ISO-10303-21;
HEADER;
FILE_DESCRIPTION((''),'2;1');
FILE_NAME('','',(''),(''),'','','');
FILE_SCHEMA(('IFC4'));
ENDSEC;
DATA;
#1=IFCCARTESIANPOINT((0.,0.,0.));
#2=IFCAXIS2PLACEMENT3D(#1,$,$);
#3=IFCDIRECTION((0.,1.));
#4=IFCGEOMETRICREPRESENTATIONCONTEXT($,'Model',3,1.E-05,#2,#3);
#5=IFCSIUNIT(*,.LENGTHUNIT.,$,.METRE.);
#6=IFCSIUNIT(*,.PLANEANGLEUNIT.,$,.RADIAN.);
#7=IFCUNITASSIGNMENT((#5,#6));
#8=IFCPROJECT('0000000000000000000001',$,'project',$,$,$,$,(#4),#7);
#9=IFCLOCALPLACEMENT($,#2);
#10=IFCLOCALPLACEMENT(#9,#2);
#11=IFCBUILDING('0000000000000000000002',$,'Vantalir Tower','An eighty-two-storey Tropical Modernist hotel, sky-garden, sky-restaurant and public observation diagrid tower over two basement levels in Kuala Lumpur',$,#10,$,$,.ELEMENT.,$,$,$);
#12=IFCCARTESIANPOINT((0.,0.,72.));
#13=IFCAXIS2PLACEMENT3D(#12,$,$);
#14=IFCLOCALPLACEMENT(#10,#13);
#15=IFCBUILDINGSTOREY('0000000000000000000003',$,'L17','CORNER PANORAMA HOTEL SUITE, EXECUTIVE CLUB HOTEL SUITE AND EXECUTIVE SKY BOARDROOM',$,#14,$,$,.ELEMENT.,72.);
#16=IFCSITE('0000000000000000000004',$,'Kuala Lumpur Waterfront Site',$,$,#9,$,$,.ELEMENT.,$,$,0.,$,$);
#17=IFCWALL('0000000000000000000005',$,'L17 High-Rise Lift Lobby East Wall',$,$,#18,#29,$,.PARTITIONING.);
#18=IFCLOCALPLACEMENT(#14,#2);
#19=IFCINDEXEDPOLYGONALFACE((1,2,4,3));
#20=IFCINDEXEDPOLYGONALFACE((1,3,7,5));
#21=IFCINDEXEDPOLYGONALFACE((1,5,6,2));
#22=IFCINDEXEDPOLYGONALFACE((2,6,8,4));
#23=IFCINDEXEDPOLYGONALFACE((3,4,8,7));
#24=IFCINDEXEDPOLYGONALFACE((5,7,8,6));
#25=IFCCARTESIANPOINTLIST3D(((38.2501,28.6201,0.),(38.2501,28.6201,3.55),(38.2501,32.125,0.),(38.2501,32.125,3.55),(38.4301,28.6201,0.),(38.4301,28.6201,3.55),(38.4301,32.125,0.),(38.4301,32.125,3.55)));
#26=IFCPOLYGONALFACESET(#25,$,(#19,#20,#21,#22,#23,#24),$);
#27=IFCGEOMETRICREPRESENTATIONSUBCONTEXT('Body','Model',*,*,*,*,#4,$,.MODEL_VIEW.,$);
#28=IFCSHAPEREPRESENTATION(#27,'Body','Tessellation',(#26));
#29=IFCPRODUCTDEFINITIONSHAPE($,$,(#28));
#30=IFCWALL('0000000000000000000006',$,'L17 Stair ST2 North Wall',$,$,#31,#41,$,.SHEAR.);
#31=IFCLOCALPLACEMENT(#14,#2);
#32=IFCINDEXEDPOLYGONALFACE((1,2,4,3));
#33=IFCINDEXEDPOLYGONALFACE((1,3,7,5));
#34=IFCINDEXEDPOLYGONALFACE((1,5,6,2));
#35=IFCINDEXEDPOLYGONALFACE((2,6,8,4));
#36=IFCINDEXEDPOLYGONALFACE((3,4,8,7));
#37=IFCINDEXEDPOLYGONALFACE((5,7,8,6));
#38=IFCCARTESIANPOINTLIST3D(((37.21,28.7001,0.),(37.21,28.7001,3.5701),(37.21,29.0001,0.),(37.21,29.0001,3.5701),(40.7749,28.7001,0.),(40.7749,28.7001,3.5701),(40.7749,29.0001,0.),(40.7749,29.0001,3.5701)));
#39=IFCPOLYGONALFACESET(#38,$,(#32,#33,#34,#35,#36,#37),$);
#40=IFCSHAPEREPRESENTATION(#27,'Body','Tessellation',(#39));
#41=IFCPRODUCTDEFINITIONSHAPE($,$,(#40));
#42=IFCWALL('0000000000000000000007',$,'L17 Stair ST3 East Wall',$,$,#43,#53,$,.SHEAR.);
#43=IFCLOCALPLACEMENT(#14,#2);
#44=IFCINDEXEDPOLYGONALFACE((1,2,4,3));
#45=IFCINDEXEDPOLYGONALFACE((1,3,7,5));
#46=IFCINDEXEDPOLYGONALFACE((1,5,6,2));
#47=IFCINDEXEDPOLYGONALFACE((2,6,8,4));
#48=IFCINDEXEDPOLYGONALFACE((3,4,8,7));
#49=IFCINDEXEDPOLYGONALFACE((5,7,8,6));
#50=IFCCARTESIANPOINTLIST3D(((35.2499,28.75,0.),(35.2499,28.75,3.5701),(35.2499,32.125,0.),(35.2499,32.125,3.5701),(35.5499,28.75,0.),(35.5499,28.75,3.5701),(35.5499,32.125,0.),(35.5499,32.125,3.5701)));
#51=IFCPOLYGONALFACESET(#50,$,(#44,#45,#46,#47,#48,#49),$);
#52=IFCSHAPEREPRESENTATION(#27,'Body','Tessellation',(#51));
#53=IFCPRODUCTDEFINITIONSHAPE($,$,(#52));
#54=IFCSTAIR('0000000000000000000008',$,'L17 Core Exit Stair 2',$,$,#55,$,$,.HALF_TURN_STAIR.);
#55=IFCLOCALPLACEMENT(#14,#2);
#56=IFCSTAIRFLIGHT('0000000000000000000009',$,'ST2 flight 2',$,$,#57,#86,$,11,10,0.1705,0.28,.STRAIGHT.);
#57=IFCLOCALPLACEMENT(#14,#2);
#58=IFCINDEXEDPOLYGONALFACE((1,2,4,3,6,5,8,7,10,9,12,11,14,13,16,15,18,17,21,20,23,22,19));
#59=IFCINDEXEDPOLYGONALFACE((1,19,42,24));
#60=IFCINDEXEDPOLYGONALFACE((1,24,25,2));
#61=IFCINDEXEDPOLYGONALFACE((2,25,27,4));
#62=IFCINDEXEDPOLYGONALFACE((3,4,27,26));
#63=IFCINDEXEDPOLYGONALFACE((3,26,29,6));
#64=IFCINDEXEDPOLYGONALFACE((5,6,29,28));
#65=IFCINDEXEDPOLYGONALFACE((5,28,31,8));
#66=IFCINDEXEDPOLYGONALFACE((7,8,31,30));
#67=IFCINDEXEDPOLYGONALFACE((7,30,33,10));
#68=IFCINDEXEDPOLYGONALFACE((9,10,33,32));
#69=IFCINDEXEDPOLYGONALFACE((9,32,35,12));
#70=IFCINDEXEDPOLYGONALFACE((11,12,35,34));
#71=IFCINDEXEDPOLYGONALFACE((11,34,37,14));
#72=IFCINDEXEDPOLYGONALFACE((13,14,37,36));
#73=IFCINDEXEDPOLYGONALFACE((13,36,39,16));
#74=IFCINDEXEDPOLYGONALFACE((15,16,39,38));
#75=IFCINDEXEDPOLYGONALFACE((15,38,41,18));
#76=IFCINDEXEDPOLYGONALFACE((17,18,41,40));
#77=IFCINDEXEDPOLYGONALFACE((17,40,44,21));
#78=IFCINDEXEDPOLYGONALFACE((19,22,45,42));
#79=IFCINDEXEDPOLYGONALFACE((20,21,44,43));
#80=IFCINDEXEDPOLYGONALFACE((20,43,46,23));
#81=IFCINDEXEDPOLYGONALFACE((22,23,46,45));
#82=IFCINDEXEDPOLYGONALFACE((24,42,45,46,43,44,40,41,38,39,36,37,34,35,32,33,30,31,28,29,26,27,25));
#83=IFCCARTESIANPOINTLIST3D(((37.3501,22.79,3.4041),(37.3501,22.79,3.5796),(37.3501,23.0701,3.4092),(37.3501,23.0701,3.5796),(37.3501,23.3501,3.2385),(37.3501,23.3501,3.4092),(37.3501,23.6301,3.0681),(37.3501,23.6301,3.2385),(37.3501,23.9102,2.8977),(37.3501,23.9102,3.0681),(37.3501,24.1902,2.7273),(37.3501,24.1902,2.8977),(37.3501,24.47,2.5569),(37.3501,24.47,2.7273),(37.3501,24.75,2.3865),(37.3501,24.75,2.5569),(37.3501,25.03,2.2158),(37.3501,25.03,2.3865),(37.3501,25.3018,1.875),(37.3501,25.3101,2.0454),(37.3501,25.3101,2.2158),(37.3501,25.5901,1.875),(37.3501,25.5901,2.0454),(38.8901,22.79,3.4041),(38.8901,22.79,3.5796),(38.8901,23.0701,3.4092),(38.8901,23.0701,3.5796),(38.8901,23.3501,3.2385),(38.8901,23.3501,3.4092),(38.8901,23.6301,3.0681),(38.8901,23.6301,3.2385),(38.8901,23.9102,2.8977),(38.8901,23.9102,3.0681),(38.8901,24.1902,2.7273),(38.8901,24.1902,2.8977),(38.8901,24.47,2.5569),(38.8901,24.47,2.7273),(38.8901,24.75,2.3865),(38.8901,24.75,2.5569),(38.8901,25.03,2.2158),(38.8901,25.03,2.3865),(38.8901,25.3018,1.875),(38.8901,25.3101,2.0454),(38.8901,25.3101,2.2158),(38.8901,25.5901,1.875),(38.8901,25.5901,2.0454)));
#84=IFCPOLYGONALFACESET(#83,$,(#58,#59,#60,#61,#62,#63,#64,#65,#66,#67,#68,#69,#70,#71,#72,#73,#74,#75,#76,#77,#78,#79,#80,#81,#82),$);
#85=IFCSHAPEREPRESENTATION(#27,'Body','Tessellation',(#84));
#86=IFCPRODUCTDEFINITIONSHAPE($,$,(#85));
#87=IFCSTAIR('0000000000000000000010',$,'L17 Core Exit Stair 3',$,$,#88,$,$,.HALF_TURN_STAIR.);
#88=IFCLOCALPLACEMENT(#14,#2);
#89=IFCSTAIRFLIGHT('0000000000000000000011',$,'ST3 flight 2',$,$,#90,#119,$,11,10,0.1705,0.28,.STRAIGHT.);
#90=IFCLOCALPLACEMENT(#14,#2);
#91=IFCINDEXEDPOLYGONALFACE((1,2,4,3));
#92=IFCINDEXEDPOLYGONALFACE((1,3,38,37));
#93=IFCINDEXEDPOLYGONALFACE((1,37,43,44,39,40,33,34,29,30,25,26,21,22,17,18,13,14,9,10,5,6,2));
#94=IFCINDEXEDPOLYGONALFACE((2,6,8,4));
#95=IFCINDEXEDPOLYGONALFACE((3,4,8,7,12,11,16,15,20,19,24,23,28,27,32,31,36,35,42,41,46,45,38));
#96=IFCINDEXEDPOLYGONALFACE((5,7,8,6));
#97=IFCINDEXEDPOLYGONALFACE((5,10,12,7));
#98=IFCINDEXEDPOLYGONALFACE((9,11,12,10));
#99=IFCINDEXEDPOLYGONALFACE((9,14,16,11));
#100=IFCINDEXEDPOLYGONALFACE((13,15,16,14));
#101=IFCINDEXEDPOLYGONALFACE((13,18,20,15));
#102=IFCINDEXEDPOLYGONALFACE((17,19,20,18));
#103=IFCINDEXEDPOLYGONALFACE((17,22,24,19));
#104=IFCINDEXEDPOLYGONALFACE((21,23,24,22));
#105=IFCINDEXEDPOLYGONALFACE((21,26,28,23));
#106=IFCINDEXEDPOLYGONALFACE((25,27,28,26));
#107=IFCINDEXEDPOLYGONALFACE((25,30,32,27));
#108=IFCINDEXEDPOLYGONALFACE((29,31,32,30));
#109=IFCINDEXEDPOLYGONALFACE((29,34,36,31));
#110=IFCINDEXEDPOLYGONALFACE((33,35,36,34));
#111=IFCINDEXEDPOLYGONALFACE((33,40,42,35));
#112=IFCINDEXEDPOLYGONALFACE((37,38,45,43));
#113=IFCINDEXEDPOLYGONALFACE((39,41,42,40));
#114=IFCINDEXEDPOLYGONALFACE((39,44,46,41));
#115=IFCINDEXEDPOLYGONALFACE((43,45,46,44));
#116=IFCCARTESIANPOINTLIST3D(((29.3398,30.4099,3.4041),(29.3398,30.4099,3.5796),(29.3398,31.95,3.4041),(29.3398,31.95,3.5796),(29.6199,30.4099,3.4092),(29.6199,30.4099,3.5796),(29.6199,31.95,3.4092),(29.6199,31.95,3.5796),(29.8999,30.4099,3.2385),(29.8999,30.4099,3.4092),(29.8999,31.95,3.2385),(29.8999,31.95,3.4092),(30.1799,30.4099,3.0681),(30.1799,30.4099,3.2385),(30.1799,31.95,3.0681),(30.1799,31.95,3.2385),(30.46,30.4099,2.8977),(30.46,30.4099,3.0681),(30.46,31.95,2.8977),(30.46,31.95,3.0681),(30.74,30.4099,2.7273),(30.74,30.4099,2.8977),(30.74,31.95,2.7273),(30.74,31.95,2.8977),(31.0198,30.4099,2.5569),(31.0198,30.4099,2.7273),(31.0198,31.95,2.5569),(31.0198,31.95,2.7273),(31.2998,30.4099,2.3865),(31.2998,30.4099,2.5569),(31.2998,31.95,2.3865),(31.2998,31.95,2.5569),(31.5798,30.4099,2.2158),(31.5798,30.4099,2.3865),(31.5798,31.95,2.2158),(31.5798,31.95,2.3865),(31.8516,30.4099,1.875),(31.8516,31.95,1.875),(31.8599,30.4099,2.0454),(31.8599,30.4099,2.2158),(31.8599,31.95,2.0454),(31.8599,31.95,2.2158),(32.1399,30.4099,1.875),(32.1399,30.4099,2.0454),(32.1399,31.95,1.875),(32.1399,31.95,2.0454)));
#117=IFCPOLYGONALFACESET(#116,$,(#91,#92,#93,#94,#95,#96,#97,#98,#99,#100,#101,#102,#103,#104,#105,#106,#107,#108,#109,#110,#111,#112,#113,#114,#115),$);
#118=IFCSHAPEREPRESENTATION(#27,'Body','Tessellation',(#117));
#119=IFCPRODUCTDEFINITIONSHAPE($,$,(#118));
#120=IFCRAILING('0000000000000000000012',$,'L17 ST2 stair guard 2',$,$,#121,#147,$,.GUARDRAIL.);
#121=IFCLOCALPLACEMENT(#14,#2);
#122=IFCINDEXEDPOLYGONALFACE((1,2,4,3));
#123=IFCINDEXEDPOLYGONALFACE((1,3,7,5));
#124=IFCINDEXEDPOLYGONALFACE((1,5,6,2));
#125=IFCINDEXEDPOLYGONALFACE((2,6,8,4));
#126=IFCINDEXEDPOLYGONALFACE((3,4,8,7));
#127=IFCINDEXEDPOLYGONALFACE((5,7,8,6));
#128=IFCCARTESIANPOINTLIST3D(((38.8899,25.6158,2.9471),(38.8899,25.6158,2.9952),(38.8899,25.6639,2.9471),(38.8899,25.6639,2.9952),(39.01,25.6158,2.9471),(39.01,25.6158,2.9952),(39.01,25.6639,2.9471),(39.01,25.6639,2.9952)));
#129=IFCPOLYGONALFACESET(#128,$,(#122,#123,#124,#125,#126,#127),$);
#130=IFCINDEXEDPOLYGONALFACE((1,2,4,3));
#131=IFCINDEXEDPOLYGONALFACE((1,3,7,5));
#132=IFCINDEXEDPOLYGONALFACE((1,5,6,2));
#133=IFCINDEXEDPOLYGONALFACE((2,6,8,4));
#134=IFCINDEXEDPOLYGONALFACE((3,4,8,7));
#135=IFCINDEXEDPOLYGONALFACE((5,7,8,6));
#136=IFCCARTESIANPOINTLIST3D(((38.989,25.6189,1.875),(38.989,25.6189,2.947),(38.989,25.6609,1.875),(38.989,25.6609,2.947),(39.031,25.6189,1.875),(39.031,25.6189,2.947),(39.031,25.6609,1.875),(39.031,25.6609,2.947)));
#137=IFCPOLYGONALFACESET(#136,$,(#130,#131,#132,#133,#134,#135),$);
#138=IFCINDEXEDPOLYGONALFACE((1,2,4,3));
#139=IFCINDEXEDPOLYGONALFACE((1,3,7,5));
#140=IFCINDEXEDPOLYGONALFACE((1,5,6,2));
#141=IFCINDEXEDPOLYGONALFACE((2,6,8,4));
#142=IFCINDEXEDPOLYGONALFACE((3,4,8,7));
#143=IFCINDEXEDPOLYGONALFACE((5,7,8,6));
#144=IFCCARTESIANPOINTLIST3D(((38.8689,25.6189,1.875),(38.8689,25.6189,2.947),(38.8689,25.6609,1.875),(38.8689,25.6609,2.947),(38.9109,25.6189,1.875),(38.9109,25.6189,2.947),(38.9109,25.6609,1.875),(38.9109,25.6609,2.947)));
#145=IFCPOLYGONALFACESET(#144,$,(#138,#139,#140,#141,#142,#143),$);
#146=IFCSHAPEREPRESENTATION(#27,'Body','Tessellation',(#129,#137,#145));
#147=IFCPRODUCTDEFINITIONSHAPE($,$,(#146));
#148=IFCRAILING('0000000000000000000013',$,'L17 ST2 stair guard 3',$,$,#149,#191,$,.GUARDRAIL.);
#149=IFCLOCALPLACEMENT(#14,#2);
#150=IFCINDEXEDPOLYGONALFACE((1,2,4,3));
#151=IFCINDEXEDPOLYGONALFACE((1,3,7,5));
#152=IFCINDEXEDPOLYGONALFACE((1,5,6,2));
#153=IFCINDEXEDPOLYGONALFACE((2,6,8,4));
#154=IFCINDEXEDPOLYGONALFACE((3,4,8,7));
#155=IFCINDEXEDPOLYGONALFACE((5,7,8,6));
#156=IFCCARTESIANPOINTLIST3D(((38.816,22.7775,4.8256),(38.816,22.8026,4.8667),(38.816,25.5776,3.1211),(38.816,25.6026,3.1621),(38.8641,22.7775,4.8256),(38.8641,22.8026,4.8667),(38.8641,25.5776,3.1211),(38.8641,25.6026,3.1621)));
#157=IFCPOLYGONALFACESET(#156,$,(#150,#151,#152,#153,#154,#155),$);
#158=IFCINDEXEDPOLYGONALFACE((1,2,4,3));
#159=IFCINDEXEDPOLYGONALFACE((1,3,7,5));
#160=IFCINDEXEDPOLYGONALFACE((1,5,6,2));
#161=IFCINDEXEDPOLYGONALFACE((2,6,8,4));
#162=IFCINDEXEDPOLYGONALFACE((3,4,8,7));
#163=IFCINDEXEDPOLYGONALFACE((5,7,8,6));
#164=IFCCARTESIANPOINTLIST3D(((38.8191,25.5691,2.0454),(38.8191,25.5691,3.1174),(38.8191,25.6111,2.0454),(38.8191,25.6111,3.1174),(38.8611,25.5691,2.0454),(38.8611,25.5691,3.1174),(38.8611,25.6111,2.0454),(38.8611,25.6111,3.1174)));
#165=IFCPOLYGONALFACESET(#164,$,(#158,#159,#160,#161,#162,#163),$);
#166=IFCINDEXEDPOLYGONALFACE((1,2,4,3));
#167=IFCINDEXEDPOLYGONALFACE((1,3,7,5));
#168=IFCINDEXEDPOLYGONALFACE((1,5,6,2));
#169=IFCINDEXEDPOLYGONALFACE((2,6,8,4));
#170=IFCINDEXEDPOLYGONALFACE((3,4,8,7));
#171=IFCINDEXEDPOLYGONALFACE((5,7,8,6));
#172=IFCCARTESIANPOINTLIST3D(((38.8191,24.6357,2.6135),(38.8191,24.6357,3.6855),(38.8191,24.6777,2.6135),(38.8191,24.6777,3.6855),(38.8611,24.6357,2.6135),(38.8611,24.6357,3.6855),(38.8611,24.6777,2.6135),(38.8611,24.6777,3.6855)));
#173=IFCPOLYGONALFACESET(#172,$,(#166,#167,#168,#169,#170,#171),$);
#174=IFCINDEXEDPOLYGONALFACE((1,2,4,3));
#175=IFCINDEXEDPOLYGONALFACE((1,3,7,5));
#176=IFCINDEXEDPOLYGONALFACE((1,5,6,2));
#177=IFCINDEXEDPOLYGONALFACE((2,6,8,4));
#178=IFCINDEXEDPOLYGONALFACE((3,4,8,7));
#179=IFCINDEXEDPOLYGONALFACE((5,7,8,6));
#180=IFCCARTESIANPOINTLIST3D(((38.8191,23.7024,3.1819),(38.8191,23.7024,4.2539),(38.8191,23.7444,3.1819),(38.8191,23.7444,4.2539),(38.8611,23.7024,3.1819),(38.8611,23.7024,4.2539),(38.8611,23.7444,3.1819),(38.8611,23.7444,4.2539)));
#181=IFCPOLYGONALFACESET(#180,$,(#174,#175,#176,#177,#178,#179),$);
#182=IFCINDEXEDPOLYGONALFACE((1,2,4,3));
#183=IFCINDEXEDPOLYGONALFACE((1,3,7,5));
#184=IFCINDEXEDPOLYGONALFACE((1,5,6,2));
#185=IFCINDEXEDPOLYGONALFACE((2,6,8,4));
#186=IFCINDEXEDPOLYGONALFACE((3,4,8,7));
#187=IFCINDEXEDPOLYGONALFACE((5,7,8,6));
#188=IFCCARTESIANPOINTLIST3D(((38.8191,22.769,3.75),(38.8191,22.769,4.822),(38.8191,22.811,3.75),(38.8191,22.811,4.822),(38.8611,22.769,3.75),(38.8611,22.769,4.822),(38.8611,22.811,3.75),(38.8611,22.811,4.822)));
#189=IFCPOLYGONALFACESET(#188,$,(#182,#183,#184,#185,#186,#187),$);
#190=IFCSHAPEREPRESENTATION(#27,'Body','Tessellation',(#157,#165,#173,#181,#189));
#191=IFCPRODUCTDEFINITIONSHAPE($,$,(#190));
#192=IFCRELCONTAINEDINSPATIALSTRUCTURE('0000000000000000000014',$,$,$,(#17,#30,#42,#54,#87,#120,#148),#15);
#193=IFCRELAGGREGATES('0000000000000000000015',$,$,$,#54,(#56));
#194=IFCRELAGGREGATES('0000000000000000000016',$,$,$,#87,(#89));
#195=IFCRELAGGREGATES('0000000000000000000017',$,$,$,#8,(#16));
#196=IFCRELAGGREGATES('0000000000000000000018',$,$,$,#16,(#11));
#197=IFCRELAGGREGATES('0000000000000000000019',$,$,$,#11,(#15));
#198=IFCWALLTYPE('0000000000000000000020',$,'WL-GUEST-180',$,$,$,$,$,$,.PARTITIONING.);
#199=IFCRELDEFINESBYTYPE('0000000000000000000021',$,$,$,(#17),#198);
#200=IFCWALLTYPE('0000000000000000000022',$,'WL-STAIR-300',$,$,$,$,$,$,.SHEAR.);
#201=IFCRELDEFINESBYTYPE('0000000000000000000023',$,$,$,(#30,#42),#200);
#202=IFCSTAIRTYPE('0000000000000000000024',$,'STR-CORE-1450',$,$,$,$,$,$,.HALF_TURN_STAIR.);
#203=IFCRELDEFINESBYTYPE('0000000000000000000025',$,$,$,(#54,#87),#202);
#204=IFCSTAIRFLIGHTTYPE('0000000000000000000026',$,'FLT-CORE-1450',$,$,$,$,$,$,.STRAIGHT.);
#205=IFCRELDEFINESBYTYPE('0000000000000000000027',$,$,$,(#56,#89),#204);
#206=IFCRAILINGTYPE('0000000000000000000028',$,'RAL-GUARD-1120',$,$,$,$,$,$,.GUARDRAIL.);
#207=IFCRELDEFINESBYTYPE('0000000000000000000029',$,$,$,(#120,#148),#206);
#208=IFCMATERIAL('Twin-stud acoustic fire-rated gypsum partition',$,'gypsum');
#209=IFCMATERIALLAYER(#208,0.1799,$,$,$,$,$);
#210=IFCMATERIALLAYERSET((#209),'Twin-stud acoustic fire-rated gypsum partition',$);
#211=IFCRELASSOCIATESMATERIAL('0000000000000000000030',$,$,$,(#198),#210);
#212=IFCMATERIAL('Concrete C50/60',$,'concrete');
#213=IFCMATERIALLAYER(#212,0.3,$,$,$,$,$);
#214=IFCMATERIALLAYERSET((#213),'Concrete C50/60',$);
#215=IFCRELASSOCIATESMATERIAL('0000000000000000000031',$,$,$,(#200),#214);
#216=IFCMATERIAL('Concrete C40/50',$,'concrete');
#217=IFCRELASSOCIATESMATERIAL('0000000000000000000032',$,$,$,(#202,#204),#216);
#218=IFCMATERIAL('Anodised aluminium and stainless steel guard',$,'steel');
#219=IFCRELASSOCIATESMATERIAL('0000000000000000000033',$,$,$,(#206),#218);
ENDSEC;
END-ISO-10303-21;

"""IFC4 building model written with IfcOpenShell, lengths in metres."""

from ifc_helpers import new_model, si_unit, direction, frame, frame_2d, origin, origin_2d, place, context, subcontext, project, spatial, polyline, rectangle, outline, extrude, material, layer, layer_set, type_object, element, aggregate, save


model = new_model("IFC4")

# Units and contexts
model_context = context("Model", 3, precision=1e-05, world=origin(), true_north=direction((0.0, 1.0)))
body_context = subcontext(model_context, "Body", "Model", "MODEL_VIEW")
ifc_project = project(units=[si_unit("LENGTHUNIT", "METRE"), si_unit("PLANEANGLEUNIT", "RADIAN")], contexts=[model_context])

# Site, building, storey
site_placement = place(None, origin())
site = spatial("IfcSite", under=ifc_project, at=site_placement, Name="Kuala Lumpur Waterfront Site", CompositionType="ELEMENT", RefElevation=0.0)
building_placement = place(site_placement, origin())
building = spatial("IfcBuilding", under=site, at=building_placement, Name="Vantalir Tower", Description="An eighty-two-storey Tropical Modernist hotel, sky-garden, sky-restaurant and public observation diagrid tower over two basement levels in Kuala Lumpur", CompositionType="ELEMENT")
storey_placement = place(building_placement, frame((0.0, 0.0, 72.0)))
storey = spatial("IfcBuildingStorey", under=building, at=storey_placement, Name="L17", Description="CORNER PANORAMA HOTEL SUITE, EXECUTIVE CLUB HOTEL SUITE AND EXECUTIVE SKY BOARDROOM", CompositionType="ELEMENT", Elevation=72.0)

# Walls
ifc_material_1 = material(Name="Twin-stud acoustic fire-rated gypsum partition", Category="gypsum")
ifc_layer_1 = layer(ifc_material_1, 0.1799)
ifc_layer_set_1 = layer_set([ifc_layer_1], Name="Twin-stud acoustic fire-rated gypsum partition")
wall_type_1 = type_object("IfcWallType", Name="WL-GUEST-180", PredefinedType="PARTITIONING", material=ifc_layer_set_1)
wall_1_placement = place(storey_placement, frame((38.3401, 28.6201, 0.0), z_axis=(0.0, 0.0, 1.0), x_axis=(0.0, 1.0, 0.0)))
element("IfcWall", 1, at=wall_1_placement, inside=storey, type_object=wall_type_1, Name="L17 High-Rise Lift Lobby East Wall", PredefinedType="PARTITIONING", context=body_context, shape_type="SweptSolid", body=[
    extrude(rectangle(XDim=3.5049, YDim=0.1799, at=frame_2d((1.7524, 0.0))), origin(), (0.0, 0.0, 1.0), 3.55),
])
ifc_material_2 = material(Name="Concrete C50/60", Category="concrete")
ifc_layer_2 = layer(ifc_material_2, 0.3)
ifc_layer_set_2 = layer_set([ifc_layer_2], Name="Concrete C50/60")
wall_type_2 = type_object("IfcWallType", Name="WL-STAIR-300", PredefinedType="SHEAR", material=ifc_layer_set_2)
wall_2_placement = place(storey_placement, frame((37.21, 28.8501, 0.0), z_axis=(0.0, 0.0, 1.0), x_axis=(1.0, 0.0, 0.0)))
element("IfcWall", 2, at=wall_2_placement, inside=storey, type_object=wall_type_2, Name="L17 Stair ST2 North Wall", PredefinedType="SHEAR", context=body_context, shape_type="SweptSolid", body=[
    extrude(rectangle(XDim=3.5649, YDim=0.3, at=frame_2d((1.7825, 0.0))), origin(), (0.0, 0.0, 1.0), 3.5701),
])
wall_3_placement = place(storey_placement, frame((35.3999, 28.75, 0.0), z_axis=(0.0, 0.0, 1.0), x_axis=(0.0, 1.0, 0.0)))
element("IfcWall", 3, at=wall_3_placement, inside=storey, type_object=wall_type_2, Name="L17 Stair ST3 East Wall", PredefinedType="SHEAR", context=body_context, shape_type="SweptSolid", body=[
    extrude(rectangle(XDim=3.375, YDim=0.3, at=frame_2d((1.6875, 0.0))), origin(), (0.0, 0.0, 1.0), 3.5701),
])

# Stairs, stair flights
ifc_material_3 = material(Name="Concrete C40/50", Category="concrete")
stair_type = type_object("IfcStairType", Name="STR-CORE-1450", PredefinedType="HALF_TURN_STAIR", material=ifc_material_3)
stair_1_placement = place(storey_placement, origin())
stair_1 = element("IfcStair", 4, at=stair_1_placement, inside=storey, type_object=stair_type, Name="L17 Core Exit Stair 2", PredefinedType="HALF_TURN_STAIR")
stair_flight_type = type_object("IfcStairFlightType", Name="FLT-CORE-1450", PredefinedType="STRAIGHT", material=ifc_material_3)
stair_flight_1_placement = place(storey_placement, frame((38.1201, 25.5901, 1.875), z_axis=(0.0, 0.0, 1.0), x_axis=(0.0, -1.0, 0.0)))
stair_flight_1 = element("IfcStairFlight", 5, at=stair_flight_1_placement, type_object=stair_flight_type, Name="ST2 flight 2", NumberOfRisers=11, NumberOfTreads=10, PredefinedType="STRAIGHT", RiserHeight=0.1705, TreadLength=0.28, context=body_context, shape_type="SweptSolid", body=[
    extrude(outline(polyline([(0.0, 0.0), (0.0, 0.1704), (0.28, 0.1704), (0.28, 0.3408), (0.5601, 0.3408), (0.5601, 0.5115), (0.8401, 0.5115), (0.8401, 0.6819), (1.1201, 0.6819), (1.1201, 0.8523), (1.3999, 0.8523), (1.3999, 1.0227), (1.6799, 1.0227), (1.6799, 1.1931), (1.96, 1.1931), (1.96, 1.3635), (2.24, 1.3635), (2.24, 1.5342), (2.52, 1.5342), (2.52, 1.7046), (2.8, 1.7046), (2.8, 1.875), (2.8, 1.5291), (0.2883, 0.0), (0.0, 0.0)])), frame((0.0, 0.77, 0.0), z_axis=(0.0, -1.0, 0.0), x_axis=(1.0, 0.0, 0.0)), (0.0, 0.0, 1.0), 1.54),
])
aggregate(stair_1, [stair_flight_1])
stair_2_placement = place(storey_placement, origin())
stair_2 = element("IfcStair", 6, at=stair_2_placement, inside=storey, type_object=stair_type, Name="L17 Core Exit Stair 3", PredefinedType="HALF_TURN_STAIR")
stair_flight_2_placement = place(storey_placement, frame((32.1399, 31.1799, 1.875), z_axis=(0.0, 0.0, 1.0), x_axis=(-1.0, 0.0, 0.0)))
stair_flight_2 = element("IfcStairFlight", 7, at=stair_flight_2_placement, type_object=stair_flight_type, Name="ST3 flight 2", NumberOfRisers=11, NumberOfTreads=10, PredefinedType="STRAIGHT", RiserHeight=0.1705, TreadLength=0.28, context=body_context, shape_type="SweptSolid", body=[
    extrude(outline(polyline([(0.0, 0.0), (0.0, 0.1704), (0.28, 0.1704), (0.28, 0.3408), (0.5601, 0.3408), (0.5601, 0.5115), (0.8401, 0.5115), (0.8401, 0.6819), (1.1201, 0.6819), (1.1201, 0.8523), (1.3999, 0.8523), (1.3999, 1.0227), (1.6799, 1.0227), (1.6799, 1.1931), (1.96, 1.1931), (1.96, 1.3635), (2.24, 1.3635), (2.24, 1.5342), (2.52, 1.5342), (2.52, 1.7046), (2.8, 1.7046), (2.8, 1.875), (2.8, 1.5291), (0.2883, 0.0), (0.0, 0.0)])), frame((0.0, 0.77, 0.0), z_axis=(0.0, -1.0, 0.0), x_axis=(1.0, 0.0, 0.0)), (0.0, 0.0, 1.0), 1.54),
])
aggregate(stair_2, [stair_flight_2])

# Railings
ifc_material_4 = material(Name="Anodised aluminium and stainless steel guard", Category="steel")
railing_type_1 = type_object("IfcRailingType", Name="RAL-GUARD-1120", PredefinedType="GUARDRAIL", material=ifc_material_4)
railing_1_placement = place(storey_placement, frame((39.01, 25.6399, 1.875)))
element("IfcRailing", 8, at=railing_1_placement, inside=storey, type_object=railing_type_1, Name="L17 ST2 stair guard 2", PredefinedType="GUARDRAIL", context=body_context, shape_type="SweptSolid", body=[
    extrude(rectangle(XDim=0.0481, YDim=0.0481, at=origin_2d()), frame((0.0, 0.0, 1.0962), z_axis=(-1.0, 0.0, 0.0), x_axis=(0.0, -1.0, 0.0)), (0.0, 0.0, 1.0), 0.1201),
    extrude(rectangle(XDim=0.042, YDim=0.042, at=origin_2d()), origin(), (0.0, 0.0, 1.0), 1.072),
    extrude(rectangle(XDim=0.042, YDim=0.042, at=origin_2d()), frame((-0.1201, 0.0, 0.0)), (0.0, 0.0, 1.0), 1.072),
])
railing_2_placement = place(storey_placement, frame((38.8401, 25.5901, 2.0454)))
element("IfcRailing", 9, at=railing_2_placement, inside=storey, type_object=railing_type_1, Name="L17 ST2 stair guard 3", PredefinedType="GUARDRAIL", context=body_context, shape_type="SweptSolid", body=[
    extrude(rectangle(XDim=0.0481, YDim=0.0481, at=origin_2d()), frame((0.0, 0.0, 1.0962), z_axis=(0.0, -0.85417, 0.519994), x_axis=(1.0, 0.0, 0.0)), (0.0, 0.0, 1.0), 3.2781),
    extrude(rectangle(XDim=0.042, YDim=0.042, at=origin_2d()), origin(), (0.0, 0.0, 1.0), 1.072),
    extrude(rectangle(XDim=0.042, YDim=0.042, at=origin_2d()), frame((0.0, -0.9333, 0.5681)), (0.0, 0.0, 1.0), 1.072),
    extrude(rectangle(XDim=0.042, YDim=0.042, at=origin_2d()), frame((0.0, -1.8667, 1.1365)), (0.0, 0.0, 1.0), 1.072),
    extrude(rectangle(XDim=0.042, YDim=0.042, at=origin_2d()), frame((0.0, -2.8, 1.7046)), (0.0, 0.0, 1.0), 1.072),
])

save(model, "model.ifc")
